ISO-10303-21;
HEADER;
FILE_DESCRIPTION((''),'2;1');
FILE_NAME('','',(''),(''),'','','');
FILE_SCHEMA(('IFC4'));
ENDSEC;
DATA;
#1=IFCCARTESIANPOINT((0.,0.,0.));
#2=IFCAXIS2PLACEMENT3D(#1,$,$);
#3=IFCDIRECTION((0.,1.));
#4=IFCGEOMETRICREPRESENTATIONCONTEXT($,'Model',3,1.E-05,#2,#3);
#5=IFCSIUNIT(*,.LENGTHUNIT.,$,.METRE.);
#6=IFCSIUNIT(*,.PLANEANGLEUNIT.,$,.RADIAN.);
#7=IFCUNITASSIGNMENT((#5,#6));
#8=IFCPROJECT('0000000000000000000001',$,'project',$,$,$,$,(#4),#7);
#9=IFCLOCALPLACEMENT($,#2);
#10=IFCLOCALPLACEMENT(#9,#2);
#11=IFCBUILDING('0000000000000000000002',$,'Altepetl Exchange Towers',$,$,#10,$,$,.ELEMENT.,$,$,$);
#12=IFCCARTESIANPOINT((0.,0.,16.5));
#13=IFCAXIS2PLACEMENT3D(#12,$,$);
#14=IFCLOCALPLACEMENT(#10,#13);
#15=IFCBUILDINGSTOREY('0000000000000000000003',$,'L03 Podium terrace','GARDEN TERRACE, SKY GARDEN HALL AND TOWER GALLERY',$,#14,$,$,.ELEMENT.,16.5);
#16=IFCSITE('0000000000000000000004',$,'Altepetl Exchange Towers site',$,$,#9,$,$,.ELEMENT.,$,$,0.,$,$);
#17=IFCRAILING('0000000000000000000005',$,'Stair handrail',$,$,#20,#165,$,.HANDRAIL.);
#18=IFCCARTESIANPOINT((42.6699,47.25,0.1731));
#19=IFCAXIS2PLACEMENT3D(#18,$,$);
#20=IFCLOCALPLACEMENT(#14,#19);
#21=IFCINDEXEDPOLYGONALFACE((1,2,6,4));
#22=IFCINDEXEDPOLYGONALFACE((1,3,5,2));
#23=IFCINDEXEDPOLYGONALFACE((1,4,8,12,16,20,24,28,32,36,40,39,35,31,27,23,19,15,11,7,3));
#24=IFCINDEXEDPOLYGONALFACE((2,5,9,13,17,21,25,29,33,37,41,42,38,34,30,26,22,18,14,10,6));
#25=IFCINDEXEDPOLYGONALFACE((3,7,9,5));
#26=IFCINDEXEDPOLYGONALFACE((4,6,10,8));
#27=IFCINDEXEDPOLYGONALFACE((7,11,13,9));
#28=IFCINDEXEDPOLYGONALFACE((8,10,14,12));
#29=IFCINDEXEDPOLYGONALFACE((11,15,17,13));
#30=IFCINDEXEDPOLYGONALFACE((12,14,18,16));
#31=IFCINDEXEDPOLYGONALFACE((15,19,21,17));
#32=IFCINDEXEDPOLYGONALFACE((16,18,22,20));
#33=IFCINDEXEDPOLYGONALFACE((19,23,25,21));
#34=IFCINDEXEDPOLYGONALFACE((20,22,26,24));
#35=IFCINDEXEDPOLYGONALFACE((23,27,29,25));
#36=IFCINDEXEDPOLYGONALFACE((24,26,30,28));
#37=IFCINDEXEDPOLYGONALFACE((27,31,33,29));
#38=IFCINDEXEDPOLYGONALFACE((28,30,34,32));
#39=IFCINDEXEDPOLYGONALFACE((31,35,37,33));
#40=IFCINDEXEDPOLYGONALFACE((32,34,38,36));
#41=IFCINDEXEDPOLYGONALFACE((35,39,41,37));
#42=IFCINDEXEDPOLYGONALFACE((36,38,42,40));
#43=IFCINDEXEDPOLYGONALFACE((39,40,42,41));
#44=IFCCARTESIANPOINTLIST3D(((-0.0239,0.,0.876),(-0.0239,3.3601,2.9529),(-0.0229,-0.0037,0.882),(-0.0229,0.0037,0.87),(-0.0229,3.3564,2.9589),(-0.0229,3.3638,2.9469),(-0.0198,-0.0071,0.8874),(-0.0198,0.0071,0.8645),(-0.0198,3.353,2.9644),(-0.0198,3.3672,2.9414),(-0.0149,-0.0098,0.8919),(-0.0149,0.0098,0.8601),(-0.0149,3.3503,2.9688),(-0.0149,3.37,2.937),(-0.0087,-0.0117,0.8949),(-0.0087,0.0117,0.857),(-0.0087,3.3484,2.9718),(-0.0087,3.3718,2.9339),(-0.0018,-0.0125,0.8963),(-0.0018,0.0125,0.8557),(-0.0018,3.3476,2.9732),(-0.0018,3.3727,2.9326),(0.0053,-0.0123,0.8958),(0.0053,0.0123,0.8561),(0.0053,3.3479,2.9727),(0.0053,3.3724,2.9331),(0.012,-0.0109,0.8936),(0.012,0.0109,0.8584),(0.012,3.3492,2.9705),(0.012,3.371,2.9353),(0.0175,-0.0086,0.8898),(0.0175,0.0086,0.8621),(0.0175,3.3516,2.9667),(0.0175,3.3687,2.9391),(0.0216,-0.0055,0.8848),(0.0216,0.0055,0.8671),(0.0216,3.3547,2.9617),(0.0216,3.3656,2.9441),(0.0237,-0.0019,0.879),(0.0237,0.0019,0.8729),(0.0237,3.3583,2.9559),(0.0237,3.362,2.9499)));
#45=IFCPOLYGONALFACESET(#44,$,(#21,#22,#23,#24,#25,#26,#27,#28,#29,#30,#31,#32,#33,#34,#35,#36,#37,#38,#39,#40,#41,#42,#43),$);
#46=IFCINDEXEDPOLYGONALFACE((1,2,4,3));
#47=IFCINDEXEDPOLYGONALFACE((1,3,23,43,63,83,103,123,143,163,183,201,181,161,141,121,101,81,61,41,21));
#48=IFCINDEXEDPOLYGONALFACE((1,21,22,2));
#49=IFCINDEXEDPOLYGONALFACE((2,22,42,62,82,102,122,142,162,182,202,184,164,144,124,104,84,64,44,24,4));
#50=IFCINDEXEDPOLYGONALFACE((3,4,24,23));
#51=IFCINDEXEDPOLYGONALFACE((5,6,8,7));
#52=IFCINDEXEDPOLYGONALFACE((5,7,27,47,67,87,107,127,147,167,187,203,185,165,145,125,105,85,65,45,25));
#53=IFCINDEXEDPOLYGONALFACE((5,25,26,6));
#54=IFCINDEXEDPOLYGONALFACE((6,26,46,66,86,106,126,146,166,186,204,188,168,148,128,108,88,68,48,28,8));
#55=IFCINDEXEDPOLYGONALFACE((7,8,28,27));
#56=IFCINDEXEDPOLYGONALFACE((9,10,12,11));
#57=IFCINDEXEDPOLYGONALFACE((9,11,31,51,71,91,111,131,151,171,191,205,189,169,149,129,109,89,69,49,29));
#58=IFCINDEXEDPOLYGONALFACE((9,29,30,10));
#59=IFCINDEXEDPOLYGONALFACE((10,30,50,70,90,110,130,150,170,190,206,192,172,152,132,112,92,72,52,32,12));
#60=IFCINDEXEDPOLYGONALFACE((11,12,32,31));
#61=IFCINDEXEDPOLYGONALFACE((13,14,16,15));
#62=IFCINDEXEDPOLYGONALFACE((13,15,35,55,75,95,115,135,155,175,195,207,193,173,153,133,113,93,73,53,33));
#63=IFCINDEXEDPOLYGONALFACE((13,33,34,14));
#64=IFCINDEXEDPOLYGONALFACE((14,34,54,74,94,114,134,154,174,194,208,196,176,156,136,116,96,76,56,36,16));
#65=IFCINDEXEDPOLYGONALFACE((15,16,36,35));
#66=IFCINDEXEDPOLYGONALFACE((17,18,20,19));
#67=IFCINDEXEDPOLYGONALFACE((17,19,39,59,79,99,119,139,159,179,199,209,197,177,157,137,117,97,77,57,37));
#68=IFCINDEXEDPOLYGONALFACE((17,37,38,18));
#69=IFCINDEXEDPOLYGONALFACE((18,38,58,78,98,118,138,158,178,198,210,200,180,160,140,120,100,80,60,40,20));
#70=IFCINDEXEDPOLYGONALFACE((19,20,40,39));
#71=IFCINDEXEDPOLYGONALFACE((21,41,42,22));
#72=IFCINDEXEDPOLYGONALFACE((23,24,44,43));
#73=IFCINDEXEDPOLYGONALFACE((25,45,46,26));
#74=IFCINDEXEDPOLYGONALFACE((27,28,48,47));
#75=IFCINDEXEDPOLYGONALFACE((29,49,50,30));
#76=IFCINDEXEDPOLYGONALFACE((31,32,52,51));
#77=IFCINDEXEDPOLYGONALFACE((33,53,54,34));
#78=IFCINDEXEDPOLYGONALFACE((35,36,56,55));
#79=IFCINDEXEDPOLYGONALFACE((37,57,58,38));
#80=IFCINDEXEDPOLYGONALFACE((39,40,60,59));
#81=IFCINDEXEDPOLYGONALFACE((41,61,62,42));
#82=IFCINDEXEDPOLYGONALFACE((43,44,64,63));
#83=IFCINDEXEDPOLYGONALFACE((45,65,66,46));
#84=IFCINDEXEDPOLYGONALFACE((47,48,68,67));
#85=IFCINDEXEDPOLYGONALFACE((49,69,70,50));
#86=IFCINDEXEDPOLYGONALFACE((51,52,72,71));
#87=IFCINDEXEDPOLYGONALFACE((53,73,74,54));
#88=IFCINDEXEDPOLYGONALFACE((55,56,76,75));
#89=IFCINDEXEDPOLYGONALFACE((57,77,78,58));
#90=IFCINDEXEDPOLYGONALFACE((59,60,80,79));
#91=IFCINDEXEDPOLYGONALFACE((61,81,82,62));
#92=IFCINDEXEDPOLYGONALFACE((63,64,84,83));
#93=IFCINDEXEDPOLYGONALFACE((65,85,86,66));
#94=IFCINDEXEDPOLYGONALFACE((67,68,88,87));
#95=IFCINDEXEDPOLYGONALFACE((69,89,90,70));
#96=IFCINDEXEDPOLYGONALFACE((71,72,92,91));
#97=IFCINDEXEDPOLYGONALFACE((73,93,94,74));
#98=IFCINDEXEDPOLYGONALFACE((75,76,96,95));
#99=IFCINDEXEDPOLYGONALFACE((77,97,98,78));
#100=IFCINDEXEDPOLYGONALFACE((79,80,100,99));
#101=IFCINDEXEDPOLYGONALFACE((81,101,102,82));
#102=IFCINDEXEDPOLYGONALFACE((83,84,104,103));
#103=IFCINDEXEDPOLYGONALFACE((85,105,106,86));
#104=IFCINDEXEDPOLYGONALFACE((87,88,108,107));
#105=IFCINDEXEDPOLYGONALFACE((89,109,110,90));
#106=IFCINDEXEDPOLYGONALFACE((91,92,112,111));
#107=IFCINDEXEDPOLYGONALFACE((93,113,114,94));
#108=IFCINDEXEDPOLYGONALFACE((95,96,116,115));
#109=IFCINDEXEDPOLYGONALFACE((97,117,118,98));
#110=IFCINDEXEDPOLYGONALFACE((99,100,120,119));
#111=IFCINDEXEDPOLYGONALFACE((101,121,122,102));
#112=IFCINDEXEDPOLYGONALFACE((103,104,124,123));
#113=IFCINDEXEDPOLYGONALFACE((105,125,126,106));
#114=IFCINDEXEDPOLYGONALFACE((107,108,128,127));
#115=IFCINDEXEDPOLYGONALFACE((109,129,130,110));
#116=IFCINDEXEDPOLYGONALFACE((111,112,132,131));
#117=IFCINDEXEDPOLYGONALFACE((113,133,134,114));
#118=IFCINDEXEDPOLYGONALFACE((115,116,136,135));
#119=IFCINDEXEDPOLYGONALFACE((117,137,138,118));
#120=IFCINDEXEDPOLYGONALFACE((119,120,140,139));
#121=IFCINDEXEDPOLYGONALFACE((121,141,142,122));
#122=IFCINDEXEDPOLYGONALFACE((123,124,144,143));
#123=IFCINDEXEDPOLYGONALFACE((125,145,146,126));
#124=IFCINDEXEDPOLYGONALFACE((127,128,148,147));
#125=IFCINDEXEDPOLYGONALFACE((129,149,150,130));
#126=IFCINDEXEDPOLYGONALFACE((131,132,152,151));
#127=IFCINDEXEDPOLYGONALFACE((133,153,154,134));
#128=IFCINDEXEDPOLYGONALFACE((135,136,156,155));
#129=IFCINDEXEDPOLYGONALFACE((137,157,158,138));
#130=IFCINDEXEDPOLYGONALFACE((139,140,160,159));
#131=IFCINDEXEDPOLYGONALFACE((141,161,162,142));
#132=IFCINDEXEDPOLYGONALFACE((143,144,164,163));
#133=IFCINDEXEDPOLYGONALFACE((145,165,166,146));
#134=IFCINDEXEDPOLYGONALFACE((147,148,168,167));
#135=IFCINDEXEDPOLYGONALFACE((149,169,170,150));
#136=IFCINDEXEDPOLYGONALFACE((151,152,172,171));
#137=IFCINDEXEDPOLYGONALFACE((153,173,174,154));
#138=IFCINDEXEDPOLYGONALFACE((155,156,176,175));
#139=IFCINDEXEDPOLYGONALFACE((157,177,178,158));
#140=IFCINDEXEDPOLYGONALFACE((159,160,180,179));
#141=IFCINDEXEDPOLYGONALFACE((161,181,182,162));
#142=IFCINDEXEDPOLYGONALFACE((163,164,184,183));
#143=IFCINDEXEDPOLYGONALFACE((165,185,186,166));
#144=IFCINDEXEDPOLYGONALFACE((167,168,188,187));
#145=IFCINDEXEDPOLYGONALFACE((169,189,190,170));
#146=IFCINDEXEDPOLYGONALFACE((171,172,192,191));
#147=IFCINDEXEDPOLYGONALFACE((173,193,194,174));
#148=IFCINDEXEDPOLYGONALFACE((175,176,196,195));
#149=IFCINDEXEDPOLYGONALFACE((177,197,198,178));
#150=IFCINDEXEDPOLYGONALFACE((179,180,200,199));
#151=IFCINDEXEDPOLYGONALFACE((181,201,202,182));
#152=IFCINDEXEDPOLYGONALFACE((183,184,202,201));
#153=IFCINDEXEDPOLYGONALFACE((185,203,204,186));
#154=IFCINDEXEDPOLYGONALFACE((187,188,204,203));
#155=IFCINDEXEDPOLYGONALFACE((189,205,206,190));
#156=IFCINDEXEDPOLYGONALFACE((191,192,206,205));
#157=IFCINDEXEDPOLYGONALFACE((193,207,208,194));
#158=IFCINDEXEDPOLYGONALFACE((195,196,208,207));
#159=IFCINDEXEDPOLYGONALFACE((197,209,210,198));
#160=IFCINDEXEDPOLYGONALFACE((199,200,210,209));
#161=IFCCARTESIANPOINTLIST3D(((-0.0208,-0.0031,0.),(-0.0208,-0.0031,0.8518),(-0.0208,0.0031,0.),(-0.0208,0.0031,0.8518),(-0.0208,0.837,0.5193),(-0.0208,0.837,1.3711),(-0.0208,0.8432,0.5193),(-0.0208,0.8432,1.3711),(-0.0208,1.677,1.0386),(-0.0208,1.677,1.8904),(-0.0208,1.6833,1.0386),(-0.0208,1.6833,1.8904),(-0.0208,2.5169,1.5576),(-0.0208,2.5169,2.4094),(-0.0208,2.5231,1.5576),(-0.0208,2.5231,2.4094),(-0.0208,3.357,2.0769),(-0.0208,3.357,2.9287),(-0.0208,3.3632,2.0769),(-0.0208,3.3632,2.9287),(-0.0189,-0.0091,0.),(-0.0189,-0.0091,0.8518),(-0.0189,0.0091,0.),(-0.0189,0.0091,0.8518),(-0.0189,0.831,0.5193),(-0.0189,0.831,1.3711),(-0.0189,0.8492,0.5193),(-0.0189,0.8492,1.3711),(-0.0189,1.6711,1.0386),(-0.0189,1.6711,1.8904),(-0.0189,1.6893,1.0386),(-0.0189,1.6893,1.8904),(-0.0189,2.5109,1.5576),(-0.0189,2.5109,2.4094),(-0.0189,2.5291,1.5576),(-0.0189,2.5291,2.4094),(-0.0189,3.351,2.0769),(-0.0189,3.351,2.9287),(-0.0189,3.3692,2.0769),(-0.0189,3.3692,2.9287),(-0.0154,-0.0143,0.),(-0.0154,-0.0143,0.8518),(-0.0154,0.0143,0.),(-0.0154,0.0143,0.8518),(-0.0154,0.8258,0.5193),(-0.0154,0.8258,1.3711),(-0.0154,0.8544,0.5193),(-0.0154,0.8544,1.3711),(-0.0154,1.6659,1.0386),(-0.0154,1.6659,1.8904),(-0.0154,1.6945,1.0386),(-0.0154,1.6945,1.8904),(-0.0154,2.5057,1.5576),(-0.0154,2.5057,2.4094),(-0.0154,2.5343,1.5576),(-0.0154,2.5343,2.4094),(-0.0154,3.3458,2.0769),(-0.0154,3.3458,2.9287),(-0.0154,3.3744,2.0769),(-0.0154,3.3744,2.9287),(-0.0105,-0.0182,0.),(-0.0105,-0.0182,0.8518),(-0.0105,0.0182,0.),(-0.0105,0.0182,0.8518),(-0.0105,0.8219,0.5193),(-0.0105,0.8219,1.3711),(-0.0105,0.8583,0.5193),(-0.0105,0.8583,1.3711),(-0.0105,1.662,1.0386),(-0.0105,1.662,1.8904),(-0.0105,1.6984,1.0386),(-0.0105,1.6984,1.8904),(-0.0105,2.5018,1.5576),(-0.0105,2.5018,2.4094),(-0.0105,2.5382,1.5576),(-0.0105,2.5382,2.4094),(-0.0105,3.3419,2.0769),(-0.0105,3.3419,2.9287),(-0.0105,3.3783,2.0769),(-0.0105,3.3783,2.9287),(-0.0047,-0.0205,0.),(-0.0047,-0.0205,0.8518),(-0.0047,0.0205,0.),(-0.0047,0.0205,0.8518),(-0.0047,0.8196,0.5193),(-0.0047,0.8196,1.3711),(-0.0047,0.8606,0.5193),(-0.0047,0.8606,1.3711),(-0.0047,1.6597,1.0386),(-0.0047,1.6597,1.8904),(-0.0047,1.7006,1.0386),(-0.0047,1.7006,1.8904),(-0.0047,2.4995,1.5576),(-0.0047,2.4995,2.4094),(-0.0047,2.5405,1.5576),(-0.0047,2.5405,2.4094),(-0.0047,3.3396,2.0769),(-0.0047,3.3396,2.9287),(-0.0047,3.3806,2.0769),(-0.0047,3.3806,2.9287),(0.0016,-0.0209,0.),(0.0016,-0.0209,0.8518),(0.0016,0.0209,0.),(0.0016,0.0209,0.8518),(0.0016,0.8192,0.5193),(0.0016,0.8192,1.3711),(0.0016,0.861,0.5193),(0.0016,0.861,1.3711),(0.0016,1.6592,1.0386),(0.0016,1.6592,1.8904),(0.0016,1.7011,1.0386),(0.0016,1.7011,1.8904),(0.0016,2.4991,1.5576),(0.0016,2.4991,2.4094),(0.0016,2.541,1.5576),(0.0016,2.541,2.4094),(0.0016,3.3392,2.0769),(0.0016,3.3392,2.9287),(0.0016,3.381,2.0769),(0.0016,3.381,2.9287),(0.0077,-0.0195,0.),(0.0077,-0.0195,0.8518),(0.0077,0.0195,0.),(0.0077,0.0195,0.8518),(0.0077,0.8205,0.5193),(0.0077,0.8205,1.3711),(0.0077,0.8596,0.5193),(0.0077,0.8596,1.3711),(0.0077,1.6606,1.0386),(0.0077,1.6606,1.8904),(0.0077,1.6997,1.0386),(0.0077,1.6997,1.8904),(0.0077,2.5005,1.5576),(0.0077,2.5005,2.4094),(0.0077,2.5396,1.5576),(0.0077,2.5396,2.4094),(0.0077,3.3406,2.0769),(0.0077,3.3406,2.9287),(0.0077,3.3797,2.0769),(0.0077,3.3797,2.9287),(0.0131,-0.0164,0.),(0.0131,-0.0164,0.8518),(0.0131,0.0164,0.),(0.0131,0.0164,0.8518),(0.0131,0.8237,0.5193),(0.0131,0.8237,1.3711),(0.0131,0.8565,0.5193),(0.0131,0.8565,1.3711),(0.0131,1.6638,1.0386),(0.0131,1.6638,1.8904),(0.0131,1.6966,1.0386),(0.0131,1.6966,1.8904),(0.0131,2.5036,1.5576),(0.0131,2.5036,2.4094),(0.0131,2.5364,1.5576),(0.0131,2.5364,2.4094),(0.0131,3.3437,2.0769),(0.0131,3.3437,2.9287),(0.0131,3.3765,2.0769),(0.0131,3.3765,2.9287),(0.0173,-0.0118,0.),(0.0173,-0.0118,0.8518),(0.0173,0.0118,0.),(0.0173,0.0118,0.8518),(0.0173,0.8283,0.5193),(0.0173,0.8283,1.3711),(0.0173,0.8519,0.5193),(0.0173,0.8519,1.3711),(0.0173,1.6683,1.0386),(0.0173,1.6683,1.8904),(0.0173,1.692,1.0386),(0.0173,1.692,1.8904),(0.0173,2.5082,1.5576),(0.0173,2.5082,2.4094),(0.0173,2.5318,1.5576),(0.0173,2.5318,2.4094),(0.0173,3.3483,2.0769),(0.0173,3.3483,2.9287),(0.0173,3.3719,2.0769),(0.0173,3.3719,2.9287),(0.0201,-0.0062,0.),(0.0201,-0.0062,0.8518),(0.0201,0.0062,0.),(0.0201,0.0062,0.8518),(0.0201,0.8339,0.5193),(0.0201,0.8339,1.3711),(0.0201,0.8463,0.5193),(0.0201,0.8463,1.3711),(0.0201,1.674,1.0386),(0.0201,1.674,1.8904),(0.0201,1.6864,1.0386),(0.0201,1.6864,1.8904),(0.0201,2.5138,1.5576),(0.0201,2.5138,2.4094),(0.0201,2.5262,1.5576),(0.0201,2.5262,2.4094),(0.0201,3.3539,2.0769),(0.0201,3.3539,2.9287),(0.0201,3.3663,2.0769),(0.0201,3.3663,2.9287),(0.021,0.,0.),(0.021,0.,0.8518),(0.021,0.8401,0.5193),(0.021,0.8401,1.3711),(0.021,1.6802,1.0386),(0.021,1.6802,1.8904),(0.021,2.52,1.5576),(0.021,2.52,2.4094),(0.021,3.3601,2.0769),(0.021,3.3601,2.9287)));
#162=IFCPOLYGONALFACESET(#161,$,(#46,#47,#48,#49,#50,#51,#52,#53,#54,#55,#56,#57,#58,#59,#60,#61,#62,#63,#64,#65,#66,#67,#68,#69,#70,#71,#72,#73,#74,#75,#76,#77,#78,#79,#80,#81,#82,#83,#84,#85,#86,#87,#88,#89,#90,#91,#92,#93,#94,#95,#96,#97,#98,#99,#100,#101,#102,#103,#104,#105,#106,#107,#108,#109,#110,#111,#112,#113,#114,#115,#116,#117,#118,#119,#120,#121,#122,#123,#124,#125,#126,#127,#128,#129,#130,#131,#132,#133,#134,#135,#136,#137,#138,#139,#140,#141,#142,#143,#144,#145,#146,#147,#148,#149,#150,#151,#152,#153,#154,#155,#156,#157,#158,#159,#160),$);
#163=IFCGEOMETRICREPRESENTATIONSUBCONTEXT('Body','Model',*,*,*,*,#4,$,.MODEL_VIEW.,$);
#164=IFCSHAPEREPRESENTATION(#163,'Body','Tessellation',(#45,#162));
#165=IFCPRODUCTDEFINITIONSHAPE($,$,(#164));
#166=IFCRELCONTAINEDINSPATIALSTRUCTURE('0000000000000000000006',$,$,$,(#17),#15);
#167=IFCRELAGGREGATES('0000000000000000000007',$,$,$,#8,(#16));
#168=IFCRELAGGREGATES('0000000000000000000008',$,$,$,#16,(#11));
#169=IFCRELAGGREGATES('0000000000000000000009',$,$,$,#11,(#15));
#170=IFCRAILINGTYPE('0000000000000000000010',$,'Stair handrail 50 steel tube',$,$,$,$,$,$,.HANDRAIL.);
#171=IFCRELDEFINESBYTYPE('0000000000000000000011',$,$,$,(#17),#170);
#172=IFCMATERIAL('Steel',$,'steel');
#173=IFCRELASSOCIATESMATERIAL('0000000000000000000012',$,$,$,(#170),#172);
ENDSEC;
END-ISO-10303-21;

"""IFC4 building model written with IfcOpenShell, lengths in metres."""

from ifc_helpers import new_model, si_unit, direction, frame, origin, origin_2d, place, context, subcontext, project, spatial, circle, extrude, source, transform, mapped, material, type_object, element, save


model = new_model("IFC4")

# Units and contexts
model_context = context("Model", 3, precision=1e-05, world=origin(), true_north=direction((0.0, 1.0)))
body_context = subcontext(model_context, "Body", "Model", "MODEL_VIEW")
ifc_project = project(units=[si_unit("LENGTHUNIT", "METRE"), si_unit("PLANEANGLEUNIT", "RADIAN")], contexts=[model_context])

# Site, building, storey
site_placement = place(None, origin())
site = spatial("IfcSite", under=ifc_project, at=site_placement, Name="Altepetl Exchange Towers site", CompositionType="ELEMENT", RefElevation=0.0)
building_placement = place(site_placement, origin())
building = spatial("IfcBuilding", under=site, at=building_placement, Name="Altepetl Exchange Towers", CompositionType="ELEMENT")
storey_placement = place(building_placement, frame((0.0, 0.0, 16.5)))
storey = spatial("IfcBuildingStorey", under=building, at=storey_placement, Name="L03 Podium terrace", Description="GARDEN TERRACE, SKY GARDEN HALL AND TOWER GALLERY", CompositionType="ELEMENT", Elevation=16.5)

# Railing
ifc_material_1 = material(Name="Steel", Category="steel")
railing_type = type_object("IfcRailingType", Name="Stair handrail 50 steel tube", PredefinedType="HANDRAIL", material=ifc_material_1)
shared_shape = source(origin(), body_context, "Body", "SweptSolid", [
    extrude(circle(Radius=0.021, at=origin_2d()), origin(), (0.0, 0.0, 1.0), 0.8518),
])
railing_placement = place(storey_placement, frame((42.6699, 47.25, 0.1731)))
element("IfcRailing", 1, at=railing_placement, inside=storey, type_object=railing_type, Name="Stair handrail", PredefinedType="HANDRAIL", context=body_context, shape_type="SweptSolid", body=[
    extrude(circle(Radius=0.0239, at=origin_2d()), frame((0.0, 0.0, 0.876), z_axis=(0.0, 0.850623, 0.525776), x_axis=(-1.0, 0.0, 0.0)), (0.0, 0.0, 1.0), 3.9502),
    mapped(shared_shape, transform((0.0, 0.0, 0.0))),
    mapped(shared_shape, transform((0.0, 0.8401, 0.5193))),
    mapped(shared_shape, transform((0.0, 1.6802, 1.0386))),
    mapped(shared_shape, transform((0.0, 2.52, 1.5576))),
    mapped(shared_shape, transform((0.0, 3.3601, 2.0769))),
])

save(model, "model.ifc")
